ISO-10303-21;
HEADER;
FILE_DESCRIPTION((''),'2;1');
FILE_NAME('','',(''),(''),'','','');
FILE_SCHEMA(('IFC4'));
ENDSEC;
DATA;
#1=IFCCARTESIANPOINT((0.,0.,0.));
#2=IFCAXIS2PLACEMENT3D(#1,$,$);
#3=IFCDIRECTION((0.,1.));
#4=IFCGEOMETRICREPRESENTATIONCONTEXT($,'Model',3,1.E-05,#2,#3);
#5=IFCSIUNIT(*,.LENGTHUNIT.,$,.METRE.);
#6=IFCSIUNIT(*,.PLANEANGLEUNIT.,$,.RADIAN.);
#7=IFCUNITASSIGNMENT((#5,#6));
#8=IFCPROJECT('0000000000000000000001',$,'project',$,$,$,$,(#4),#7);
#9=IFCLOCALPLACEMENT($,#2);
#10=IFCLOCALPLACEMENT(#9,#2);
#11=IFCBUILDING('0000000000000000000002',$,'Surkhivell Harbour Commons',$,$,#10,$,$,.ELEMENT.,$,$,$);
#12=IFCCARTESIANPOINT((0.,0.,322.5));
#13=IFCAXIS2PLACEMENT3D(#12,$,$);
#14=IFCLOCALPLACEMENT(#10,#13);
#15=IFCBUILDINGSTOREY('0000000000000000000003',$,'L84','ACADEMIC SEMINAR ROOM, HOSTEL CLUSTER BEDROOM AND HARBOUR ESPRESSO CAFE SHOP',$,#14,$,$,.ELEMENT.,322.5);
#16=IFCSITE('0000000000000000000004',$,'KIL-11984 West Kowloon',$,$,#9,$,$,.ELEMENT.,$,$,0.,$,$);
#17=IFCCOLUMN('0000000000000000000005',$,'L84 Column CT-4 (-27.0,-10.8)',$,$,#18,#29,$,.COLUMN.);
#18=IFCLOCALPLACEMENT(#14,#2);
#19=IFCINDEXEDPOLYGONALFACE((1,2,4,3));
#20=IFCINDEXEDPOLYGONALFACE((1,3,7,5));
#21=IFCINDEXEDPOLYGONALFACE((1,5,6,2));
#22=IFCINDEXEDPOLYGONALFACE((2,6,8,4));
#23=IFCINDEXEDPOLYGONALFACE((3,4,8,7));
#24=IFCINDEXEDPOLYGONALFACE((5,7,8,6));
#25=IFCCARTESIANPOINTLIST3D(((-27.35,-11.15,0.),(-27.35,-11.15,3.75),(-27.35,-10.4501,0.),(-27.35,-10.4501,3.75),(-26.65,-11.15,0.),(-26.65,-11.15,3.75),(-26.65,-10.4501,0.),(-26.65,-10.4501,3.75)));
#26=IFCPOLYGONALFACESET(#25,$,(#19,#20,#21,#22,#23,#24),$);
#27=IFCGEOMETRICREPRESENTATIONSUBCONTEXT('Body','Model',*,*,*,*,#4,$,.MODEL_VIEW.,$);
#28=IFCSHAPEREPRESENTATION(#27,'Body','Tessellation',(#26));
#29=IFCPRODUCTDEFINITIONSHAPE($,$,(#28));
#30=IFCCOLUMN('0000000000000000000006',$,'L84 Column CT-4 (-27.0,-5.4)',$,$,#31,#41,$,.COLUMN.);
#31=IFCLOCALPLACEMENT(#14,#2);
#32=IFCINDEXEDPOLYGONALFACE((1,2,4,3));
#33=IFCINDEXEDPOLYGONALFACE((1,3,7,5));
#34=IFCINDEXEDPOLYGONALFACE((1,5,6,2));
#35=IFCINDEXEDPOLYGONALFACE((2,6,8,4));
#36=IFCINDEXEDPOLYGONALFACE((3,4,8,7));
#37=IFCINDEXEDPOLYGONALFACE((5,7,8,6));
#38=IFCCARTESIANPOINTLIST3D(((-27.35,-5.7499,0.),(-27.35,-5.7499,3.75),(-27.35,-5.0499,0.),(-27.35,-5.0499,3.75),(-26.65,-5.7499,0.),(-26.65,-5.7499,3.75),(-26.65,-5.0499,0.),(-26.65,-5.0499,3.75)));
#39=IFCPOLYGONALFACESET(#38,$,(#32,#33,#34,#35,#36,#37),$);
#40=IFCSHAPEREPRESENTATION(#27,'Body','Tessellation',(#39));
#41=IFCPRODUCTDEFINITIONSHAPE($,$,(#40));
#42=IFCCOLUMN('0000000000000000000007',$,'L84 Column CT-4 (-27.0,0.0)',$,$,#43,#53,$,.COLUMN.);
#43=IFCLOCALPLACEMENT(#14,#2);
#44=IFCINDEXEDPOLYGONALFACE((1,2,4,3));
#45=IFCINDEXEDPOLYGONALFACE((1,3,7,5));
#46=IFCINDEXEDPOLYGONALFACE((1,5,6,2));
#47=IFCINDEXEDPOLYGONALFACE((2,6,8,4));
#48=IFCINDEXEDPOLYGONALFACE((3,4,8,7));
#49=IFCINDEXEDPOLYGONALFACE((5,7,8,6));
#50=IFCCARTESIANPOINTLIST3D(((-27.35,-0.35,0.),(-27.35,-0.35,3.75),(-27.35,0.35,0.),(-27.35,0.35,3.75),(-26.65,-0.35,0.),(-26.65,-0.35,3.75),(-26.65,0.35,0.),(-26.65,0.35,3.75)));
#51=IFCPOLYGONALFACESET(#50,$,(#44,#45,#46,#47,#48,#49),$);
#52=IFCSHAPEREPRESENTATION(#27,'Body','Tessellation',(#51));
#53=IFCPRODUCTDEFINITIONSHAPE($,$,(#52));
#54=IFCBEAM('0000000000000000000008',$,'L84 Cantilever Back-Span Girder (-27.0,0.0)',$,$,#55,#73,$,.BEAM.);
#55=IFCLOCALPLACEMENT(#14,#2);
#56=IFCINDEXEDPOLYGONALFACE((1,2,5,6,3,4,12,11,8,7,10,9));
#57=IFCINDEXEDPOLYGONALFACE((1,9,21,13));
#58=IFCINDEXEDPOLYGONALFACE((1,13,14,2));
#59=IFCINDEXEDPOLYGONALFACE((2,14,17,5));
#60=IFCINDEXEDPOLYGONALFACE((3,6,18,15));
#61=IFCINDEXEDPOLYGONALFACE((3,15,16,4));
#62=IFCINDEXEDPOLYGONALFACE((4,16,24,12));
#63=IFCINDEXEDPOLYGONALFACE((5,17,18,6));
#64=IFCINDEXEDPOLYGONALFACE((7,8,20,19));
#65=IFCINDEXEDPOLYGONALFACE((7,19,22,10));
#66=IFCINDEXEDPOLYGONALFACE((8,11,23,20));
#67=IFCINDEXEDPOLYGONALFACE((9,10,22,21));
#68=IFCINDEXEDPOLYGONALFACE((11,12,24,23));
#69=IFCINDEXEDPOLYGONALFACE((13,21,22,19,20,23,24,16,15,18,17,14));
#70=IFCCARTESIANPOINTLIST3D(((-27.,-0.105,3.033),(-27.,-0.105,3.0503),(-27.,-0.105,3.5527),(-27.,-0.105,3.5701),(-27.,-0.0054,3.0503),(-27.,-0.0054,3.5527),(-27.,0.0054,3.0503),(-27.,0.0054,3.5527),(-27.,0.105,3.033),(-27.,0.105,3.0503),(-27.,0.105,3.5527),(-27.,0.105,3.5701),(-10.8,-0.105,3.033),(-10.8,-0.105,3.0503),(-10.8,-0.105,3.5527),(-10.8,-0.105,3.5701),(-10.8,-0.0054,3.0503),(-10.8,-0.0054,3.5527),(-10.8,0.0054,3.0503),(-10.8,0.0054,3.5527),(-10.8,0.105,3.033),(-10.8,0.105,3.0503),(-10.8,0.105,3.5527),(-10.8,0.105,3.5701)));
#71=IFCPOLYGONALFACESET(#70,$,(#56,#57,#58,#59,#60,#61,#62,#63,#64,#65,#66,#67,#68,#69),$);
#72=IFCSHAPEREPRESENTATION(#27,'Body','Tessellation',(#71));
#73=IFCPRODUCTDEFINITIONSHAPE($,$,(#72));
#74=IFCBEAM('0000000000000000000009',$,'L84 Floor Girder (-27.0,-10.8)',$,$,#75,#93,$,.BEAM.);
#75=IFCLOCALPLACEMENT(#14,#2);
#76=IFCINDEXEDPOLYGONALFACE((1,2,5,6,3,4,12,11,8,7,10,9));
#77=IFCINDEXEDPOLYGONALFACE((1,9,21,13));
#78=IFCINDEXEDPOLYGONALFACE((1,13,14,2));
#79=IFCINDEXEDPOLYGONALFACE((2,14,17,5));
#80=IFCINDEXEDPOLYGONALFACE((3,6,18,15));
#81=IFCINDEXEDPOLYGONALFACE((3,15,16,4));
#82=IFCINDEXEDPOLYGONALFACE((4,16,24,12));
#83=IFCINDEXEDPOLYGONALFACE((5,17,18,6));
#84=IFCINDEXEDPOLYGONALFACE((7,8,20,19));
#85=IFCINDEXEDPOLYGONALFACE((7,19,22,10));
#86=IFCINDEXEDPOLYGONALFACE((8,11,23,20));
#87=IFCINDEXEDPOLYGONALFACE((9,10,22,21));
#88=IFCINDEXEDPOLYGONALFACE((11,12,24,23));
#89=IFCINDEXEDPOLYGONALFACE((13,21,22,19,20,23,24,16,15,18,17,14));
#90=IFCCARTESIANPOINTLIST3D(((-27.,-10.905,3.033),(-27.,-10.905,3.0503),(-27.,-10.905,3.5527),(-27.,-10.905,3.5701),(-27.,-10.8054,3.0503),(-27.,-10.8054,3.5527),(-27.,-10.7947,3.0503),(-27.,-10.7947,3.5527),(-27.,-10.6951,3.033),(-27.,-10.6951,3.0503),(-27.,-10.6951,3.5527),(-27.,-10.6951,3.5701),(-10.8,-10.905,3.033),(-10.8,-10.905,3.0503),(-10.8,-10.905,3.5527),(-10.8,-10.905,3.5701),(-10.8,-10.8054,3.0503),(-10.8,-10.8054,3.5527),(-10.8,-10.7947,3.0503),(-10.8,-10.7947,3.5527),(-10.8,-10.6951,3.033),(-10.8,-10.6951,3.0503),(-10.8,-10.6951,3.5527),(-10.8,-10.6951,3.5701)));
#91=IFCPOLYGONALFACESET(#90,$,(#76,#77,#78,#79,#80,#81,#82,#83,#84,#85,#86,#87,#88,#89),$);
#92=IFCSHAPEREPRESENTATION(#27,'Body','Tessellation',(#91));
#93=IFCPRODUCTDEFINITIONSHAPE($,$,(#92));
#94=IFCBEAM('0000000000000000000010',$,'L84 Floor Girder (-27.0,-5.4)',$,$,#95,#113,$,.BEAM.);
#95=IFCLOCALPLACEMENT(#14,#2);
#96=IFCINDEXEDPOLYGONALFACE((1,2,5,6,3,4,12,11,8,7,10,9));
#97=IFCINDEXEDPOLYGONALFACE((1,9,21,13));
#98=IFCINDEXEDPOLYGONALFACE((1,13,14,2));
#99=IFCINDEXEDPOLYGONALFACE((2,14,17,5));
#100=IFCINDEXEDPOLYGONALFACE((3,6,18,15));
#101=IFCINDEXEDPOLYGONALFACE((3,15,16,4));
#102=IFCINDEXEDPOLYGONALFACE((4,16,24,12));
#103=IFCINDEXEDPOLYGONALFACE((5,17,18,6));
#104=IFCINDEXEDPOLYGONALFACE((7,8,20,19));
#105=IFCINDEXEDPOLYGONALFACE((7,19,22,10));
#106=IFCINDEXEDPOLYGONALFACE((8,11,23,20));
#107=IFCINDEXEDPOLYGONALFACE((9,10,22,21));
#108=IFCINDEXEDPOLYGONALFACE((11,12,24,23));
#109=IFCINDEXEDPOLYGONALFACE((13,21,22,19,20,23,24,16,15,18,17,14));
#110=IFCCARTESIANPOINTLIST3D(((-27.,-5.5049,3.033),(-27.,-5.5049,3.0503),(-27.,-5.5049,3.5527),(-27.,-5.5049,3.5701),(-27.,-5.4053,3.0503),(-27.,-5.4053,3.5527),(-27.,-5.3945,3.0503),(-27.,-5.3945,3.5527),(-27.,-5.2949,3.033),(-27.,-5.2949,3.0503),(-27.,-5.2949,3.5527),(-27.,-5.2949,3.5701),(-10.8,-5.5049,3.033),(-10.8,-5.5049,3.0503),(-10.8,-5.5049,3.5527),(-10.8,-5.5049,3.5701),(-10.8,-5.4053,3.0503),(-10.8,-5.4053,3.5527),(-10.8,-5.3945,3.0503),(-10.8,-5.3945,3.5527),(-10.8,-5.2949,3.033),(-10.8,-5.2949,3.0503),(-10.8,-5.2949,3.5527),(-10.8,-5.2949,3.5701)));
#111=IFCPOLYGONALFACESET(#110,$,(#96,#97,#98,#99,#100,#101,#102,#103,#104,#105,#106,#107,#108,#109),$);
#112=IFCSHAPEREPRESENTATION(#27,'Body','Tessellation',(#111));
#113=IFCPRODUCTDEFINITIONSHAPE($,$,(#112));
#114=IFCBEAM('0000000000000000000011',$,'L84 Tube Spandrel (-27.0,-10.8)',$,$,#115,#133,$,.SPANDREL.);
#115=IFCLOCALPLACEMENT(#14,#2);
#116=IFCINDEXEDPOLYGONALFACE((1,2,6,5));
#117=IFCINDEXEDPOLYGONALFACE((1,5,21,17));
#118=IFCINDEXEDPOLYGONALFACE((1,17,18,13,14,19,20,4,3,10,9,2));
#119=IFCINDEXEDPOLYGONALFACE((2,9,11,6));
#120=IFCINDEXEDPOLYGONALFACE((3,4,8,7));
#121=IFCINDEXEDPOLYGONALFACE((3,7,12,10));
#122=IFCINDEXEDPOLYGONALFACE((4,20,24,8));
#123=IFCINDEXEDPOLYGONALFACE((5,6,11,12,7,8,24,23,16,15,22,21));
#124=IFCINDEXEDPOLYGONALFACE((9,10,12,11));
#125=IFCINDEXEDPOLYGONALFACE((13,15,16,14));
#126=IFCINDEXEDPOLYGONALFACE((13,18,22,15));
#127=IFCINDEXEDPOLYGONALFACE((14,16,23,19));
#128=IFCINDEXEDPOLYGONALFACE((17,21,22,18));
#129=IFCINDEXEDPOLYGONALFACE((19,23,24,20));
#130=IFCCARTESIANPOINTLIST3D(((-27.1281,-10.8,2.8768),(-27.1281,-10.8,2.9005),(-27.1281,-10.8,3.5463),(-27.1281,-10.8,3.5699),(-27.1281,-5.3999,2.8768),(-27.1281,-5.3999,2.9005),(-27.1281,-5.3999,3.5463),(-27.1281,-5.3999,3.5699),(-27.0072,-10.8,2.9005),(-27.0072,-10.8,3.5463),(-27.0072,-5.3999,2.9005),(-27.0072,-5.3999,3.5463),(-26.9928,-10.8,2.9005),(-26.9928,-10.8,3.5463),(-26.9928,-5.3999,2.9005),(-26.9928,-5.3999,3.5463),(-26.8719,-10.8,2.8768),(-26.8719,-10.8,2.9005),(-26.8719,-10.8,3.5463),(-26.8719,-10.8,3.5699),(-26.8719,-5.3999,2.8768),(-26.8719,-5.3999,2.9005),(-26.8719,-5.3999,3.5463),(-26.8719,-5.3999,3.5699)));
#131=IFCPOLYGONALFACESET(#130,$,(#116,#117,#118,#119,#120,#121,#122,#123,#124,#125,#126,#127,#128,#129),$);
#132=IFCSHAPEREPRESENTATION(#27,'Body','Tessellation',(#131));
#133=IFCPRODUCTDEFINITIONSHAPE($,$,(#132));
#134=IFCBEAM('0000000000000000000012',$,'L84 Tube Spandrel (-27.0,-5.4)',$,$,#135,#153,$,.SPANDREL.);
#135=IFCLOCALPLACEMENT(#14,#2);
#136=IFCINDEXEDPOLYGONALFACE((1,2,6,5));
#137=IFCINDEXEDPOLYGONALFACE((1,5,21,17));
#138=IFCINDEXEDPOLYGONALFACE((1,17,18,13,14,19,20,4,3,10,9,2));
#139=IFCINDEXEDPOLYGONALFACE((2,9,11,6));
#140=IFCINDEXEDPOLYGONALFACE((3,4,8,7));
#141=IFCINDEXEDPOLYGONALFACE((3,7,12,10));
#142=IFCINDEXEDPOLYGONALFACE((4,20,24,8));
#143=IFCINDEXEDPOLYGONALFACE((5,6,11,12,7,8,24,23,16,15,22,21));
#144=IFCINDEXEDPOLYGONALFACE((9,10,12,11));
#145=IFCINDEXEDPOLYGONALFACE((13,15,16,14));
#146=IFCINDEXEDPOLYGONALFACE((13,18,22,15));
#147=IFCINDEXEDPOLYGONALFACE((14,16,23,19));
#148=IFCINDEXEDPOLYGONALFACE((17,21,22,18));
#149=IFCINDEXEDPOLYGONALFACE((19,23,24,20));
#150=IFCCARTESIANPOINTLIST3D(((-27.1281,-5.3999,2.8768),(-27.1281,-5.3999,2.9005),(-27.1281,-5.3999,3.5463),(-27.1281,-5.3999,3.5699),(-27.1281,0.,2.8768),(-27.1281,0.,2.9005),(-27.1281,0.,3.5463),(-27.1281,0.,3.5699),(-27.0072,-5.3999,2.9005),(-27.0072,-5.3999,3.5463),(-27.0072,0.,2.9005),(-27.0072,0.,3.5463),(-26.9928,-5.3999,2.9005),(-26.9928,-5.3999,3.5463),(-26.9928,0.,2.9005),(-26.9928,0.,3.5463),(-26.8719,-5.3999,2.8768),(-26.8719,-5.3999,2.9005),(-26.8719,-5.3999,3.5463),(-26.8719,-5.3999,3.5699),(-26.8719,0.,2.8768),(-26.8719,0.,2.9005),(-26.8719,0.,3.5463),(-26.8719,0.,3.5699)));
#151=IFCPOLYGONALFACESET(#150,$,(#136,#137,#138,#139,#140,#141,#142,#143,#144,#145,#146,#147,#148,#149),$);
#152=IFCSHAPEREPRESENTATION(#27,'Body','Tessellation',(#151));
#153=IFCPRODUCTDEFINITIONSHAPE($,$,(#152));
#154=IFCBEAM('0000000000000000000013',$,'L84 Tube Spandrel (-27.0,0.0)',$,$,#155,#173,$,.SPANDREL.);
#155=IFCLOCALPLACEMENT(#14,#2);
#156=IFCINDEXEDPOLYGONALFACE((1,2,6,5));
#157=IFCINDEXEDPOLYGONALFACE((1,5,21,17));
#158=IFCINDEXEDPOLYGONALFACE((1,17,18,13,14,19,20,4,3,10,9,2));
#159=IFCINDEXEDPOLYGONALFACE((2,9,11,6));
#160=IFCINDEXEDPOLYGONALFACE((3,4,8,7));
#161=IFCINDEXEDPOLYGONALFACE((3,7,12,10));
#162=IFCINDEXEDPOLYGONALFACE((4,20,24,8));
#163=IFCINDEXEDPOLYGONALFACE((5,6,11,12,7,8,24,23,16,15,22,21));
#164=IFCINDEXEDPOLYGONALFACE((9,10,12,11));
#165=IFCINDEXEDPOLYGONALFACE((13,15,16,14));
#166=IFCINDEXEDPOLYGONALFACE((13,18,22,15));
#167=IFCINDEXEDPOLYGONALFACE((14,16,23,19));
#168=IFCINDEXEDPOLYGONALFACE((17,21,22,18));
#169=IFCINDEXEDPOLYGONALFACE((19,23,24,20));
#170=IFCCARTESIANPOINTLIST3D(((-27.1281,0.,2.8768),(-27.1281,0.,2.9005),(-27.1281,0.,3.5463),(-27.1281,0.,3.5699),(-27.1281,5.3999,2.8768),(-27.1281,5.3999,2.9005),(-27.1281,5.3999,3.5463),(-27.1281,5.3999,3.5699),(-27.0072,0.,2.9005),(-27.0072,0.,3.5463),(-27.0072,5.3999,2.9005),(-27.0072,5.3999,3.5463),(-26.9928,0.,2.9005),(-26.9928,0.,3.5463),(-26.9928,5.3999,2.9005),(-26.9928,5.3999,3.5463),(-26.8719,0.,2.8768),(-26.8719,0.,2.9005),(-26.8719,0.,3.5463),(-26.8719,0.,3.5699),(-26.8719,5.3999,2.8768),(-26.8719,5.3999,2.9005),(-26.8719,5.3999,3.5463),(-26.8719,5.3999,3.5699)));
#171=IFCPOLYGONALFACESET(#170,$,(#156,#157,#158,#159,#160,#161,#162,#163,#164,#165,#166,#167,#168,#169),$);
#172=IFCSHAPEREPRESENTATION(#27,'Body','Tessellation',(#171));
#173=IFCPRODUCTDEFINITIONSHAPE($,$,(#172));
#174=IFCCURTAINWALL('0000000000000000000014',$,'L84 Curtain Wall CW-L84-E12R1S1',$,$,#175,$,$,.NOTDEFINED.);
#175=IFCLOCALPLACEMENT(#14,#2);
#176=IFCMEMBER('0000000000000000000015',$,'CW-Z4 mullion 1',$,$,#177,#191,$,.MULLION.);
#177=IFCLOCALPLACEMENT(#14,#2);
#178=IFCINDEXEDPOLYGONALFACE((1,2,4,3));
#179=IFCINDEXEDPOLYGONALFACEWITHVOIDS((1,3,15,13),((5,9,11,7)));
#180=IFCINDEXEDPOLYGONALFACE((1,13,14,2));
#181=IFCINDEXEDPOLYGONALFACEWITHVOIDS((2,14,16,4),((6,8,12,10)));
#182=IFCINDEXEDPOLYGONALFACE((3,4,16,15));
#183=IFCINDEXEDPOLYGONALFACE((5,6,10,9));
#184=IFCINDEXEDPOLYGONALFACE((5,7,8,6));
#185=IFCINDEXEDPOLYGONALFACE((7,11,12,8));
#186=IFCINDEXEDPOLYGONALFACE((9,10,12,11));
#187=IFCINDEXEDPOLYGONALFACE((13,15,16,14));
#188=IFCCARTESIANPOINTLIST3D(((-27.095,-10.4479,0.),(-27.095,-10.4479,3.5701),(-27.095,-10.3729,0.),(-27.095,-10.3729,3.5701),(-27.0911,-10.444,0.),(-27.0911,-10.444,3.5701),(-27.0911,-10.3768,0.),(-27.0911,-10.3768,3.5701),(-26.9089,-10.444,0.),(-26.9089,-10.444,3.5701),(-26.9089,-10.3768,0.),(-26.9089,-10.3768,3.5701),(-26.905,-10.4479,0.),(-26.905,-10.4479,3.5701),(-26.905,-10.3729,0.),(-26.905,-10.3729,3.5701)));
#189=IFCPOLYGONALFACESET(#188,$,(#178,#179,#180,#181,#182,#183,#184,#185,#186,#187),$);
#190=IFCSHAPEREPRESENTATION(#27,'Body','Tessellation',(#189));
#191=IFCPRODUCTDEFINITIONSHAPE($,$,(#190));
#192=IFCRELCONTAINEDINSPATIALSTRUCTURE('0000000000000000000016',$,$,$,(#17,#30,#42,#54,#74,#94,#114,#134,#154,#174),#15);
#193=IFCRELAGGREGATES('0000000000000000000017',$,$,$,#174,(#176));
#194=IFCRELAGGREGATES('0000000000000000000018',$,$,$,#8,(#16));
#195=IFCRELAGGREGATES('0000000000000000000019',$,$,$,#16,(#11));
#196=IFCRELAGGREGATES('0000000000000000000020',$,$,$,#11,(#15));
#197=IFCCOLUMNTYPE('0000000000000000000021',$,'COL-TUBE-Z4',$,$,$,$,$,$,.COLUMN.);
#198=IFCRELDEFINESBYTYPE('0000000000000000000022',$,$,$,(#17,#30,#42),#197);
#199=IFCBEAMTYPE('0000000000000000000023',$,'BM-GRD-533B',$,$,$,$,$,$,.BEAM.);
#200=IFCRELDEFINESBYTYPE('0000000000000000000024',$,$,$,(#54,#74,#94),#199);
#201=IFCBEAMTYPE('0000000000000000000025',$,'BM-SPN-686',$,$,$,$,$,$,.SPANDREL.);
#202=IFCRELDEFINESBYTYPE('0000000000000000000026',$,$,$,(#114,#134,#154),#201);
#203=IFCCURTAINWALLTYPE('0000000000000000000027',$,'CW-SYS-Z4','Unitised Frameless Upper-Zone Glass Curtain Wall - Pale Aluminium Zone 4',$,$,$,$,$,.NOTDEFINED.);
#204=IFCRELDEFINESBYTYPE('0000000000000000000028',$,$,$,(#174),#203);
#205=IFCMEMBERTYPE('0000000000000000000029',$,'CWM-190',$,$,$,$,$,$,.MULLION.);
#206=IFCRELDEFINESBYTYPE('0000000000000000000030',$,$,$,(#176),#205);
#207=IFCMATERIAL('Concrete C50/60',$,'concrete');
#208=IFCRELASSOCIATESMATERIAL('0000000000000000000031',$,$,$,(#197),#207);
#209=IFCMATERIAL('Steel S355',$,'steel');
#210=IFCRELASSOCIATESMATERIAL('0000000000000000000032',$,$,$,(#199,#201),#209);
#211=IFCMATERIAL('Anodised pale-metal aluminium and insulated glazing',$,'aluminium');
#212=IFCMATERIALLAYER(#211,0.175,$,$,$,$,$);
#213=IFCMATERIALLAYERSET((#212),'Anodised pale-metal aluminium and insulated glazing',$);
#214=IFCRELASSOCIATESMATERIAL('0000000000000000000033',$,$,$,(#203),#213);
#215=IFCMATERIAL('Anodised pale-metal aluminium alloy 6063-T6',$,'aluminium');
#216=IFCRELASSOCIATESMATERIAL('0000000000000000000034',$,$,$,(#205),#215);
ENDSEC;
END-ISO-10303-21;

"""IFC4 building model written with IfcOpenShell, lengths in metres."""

from ifc_helpers import new_model, si_unit, direction, frame, origin, origin_2d, place, context, subcontext, project, spatial, rectangle, hollow_rectangle, i_section, extrude, material, layer, layer_set, material_profile, profile_set, type_object, element, aggregate, save


model = new_model("IFC4")

# Units and contexts
model_context = context("Model", 3, precision=1e-05, world=origin(), true_north=direction((0.0, 1.0)))
body_context = subcontext(model_context, "Body", "Model", "MODEL_VIEW")
ifc_project = project(units=[si_unit("LENGTHUNIT", "METRE"), si_unit("PLANEANGLEUNIT", "RADIAN")], contexts=[model_context])

# Site, building, storey
site_placement = place(None, origin())
site = spatial("IfcSite", under=ifc_project, at=site_placement, Name="KIL-11984 West Kowloon", CompositionType="ELEMENT", RefElevation=0.0)
building_placement = place(site_placement, origin())
building = spatial("IfcBuilding", under=site, at=building_placement, Name="Surkhivell Harbour Commons", CompositionType="ELEMENT")
storey_placement = place(building_placement, frame((0.0, 0.0, 322.5)))
storey = spatial("IfcBuildingStorey", under=building, at=storey_placement, Name="L84", Description="ACADEMIC SEMINAR ROOM, HOSTEL CLUSTER BEDROOM AND HARBOUR ESPRESSO CAFE SHOP", CompositionType="ELEMENT", Elevation=322.5)

# Columns
ifc_material_1 = material(Name="Concrete C50/60", Category="concrete")
ifc_material_profile_1 = material_profile(ifc_material_1, rectangle(XDim=0.7, YDim=0.7, at=origin_2d()), Name="RC-COL-700x700")
ifc_profile_set_1 = profile_set([ifc_material_profile_1], Name="Concrete C50/60")
column_type = type_object("IfcColumnType", Name="COL-TUBE-Z4", PredefinedType="COLUMN", material=ifc_profile_set_1)
for number, where, z_axis, x_axis, name in (
    (1, (-27.0, -10.8, 0.0), (0.0, 0.0, 1.0), (1.0, 0.0, 0.0), "L84 Column CT-4 (-27.0,-10.8)"),
    (2, (-27.0, -5.3999, 0.0), (0.0, 0.0, 1.0), (1.0, 0.0, 0.0), "L84 Column CT-4 (-27.0,-5.4)"),
    (3, (-27.0, 0.0, 0.0), (0.0, 0.0, 1.0), (1.0, 0.0, 0.0), "L84 Column CT-4 (-27.0,0.0)"),
):
    element("IfcColumn", number, at=place(storey_placement, frame(where, z_axis=z_axis, x_axis=x_axis)), inside=storey, type_object=column_type, Name=name, PredefinedType="COLUMN", context=body_context, shape_type="SweptSolid", body=[
        extrude(rectangle(XDim=0.7, YDim=0.7, at=origin_2d()), origin(), (0.0, 0.0, 1.0), 3.75),
    ])

# Beams
ifc_material_2 = material(Name="Steel S355", Category="steel")
ifc_material_profile_2 = material_profile(ifc_material_2, i_section(OverallWidth=0.21, OverallDepth=0.5371, WebThickness=0.0107, FlangeThickness=0.0173, at=origin_2d()), Name="UB533x210x101")
ifc_profile_set_2 = profile_set([ifc_material_profile_2], Name="Steel S355")
beam_type_1 = type_object("IfcBeamType", Name="BM-GRD-533B", PredefinedType="BEAM", material=ifc_profile_set_2)
for number, where, z_axis, x_axis, name in (
    (4, (-27.0, 0.0, 3.3015), (1.0, 0.0, 0.0), (0.0, 1.0, 0.0), "L84 Cantilever Back-Span Girder (-27.0,0.0)"),
    (5, (-27.0, -10.8, 3.3015), (1.0, 0.0, 0.0), (0.0, 1.0, 0.0), "L84 Floor Girder (-27.0,-10.8)"),
    (6, (-27.0, -5.3999, 3.3015), (1.0, 0.0, 0.0), (0.0, 1.0, 0.0), "L84 Floor Girder (-27.0,-5.4)"),
):
    element("IfcBeam", number, at=place(storey_placement, frame(where, z_axis=z_axis, x_axis=x_axis)), inside=storey, type_object=beam_type_1, Name=name, PredefinedType="BEAM", context=body_context, shape_type="SweptSolid", body=[
        extrude(i_section(OverallWidth=0.21, OverallDepth=0.5371, WebThickness=0.0107, FlangeThickness=0.0173, at=origin_2d()), origin(), (0.0, 0.0, 1.0), 16.2),
    ])
ifc_material_profile_3 = material_profile(ifc_material_2, i_section(OverallWidth=0.2561, OverallDepth=0.6931, WebThickness=0.0144, FlangeThickness=0.0237, at=origin_2d()), Name="UB686x254x170")
ifc_profile_set_3 = profile_set([ifc_material_profile_3], Name="Steel S355")
beam_type_2 = type_object("IfcBeamType", Name="BM-SPN-686", PredefinedType="SPANDREL", material=ifc_profile_set_3)
beam_placement = place(storey_placement, frame((-27.0, -10.8, 3.2234), z_axis=(0.0, 1.0, 0.0), x_axis=(-1.0, 0.0, 0.0)))
element("IfcBeam", 7, at=beam_placement, inside=storey, type_object=beam_type_2, Name="L84 Tube Spandrel (-27.0,-10.8)", PredefinedType="SPANDREL", context=body_context, shape_type="SweptSolid", body=[
    extrude(i_section(OverallWidth=0.2561, OverallDepth=0.6931, WebThickness=0.0144, FlangeThickness=0.0237, at=origin_2d()), origin(), (0.0, 0.0, 1.0), 5.4001),
])
for number, where, z_axis, x_axis, name in (
    (8, (-27.0, -5.3999, 3.2234), (0.0, 1.0, 0.0), (-1.0, 0.0, 0.0), "L84 Tube Spandrel (-27.0,-5.4)"),
    (9, (-27.0, 0.0, 3.2234), (0.0, 1.0, 0.0), (-1.0, 0.0, 0.0), "L84 Tube Spandrel (-27.0,0.0)"),
):
    element("IfcBeam", number, at=place(storey_placement, frame(where, z_axis=z_axis, x_axis=x_axis)), inside=storey, type_object=beam_type_2, Name=name, PredefinedType="SPANDREL", context=body_context, shape_type="SweptSolid", body=[
        extrude(i_section(OverallWidth=0.2561, OverallDepth=0.6931, WebThickness=0.0144, FlangeThickness=0.0237, at=origin_2d()), origin(), (0.0, 0.0, 1.0), 5.3999),
    ])

# Curtain wall, member
ifc_material_3 = material(Name="Anodised pale-metal aluminium and insulated glazing", Category="aluminium")
ifc_layer_1 = layer(ifc_material_3, 0.175)
ifc_layer_set_1 = layer_set([ifc_layer_1], Name="Anodised pale-metal aluminium and insulated glazing")
curtain_wall_type = type_object("IfcCurtainWallType", Name="CW-SYS-Z4", Description="Unitised Frameless Upper-Zone Glass Curtain Wall - Pale Aluminium Zone 4", PredefinedType="NOTDEFINED", material=ifc_layer_set_1)
curtain_wall_placement = place(storey_placement, origin())
curtain_wall = element("IfcCurtainWall", 10, at=curtain_wall_placement, inside=storey, type_object=curtain_wall_type, Name="L84 Curtain Wall CW-L84-E12R1S1", PredefinedType="NOTDEFINED")
ifc_material_4 = material(Name="Anodised pale-metal aluminium alloy 6063-T6", Category="aluminium")
ifc_material_profile_4 = material_profile(ifc_material_4, hollow_rectangle(XDim=0.075, YDim=0.1899, WallThickness=0.0039, at=origin_2d()), Name="ALU-MULL-75x190")
ifc_profile_set_4 = profile_set([ifc_material_profile_4], Name="Anodised pale-metal aluminium alloy 6063-T6")
member_type_1 = type_object("IfcMemberType", Name="CWM-190", PredefinedType="MULLION", material=ifc_profile_set_4)
member_1_placement = place(storey_placement, frame((-27.0, -10.4104, 0.0), z_axis=(0.0, 0.0, 1.0), x_axis=(0.0, 1.0, 0.0)))
member_1 = element("IfcMember", 11, at=member_1_placement, type_object=member_type_1, Name="CW-Z4 mullion 1", PredefinedType="MULLION", context=body_context, shape_type="SweptSolid", body=[
    extrude(hollow_rectangle(XDim=0.075, YDim=0.1899, WallThickness=0.0039, at=origin_2d()), origin(), (0.0, 0.0, 1.0), 3.5701),
])

aggregate(curtain_wall, [member_1])

save(model, "model.ifc")
